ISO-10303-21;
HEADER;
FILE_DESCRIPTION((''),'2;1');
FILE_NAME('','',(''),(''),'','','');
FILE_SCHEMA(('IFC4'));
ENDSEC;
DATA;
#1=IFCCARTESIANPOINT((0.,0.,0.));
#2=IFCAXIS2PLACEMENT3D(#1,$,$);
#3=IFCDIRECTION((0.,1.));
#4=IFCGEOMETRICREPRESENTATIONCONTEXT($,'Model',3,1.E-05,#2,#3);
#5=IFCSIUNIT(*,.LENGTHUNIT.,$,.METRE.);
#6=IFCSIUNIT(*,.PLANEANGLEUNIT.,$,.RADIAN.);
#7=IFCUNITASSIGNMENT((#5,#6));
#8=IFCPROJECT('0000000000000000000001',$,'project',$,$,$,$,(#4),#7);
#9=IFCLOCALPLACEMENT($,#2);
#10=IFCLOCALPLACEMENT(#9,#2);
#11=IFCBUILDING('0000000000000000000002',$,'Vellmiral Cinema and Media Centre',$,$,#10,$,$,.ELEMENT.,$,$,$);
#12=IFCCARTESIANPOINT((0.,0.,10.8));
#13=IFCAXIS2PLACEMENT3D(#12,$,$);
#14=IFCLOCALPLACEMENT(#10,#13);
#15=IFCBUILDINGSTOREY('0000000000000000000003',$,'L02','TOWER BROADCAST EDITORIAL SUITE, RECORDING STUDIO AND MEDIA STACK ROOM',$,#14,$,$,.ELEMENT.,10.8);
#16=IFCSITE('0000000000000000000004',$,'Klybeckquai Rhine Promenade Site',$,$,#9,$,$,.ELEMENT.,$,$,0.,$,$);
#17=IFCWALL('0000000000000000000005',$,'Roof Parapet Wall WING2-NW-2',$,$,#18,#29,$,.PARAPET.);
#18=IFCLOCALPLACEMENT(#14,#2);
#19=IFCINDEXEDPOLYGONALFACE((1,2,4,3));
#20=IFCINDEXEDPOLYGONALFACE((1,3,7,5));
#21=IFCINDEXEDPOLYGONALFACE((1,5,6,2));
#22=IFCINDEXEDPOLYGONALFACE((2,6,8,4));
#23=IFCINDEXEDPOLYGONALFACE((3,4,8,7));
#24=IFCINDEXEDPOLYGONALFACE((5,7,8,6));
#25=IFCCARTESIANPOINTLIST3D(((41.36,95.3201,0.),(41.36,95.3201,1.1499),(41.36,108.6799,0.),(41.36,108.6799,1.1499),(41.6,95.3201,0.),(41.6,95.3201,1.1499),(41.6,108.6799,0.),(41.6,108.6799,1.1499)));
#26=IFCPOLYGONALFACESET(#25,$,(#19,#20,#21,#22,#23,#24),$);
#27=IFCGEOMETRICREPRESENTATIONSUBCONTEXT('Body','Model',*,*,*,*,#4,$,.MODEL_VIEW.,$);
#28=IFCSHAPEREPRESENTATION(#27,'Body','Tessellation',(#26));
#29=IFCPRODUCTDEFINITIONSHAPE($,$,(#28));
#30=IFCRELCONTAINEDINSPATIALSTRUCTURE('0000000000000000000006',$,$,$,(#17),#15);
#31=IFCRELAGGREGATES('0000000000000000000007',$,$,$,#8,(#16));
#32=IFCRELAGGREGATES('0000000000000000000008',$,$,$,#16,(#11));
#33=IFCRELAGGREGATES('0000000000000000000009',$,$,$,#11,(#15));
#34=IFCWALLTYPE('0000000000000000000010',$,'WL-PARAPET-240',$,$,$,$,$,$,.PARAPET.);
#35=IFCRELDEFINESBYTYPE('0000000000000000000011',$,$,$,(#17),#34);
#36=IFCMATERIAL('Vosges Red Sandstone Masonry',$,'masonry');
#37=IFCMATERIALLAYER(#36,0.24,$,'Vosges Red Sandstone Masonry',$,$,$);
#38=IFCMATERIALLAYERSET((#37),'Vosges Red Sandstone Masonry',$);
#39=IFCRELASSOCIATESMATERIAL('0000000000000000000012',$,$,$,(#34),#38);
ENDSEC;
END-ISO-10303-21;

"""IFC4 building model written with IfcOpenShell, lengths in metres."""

from ifc_helpers import new_model, si_unit, direction, frame, frame_2d, origin, place, context, subcontext, project, spatial, rectangle, extrude, material, layer, layer_set, type_object, element, save


model = new_model("IFC4")

# Units and contexts
model_context = context("Model", 3, precision=1e-05, world=origin(), true_north=direction((0.0, 1.0)))
body_context = subcontext(model_context, "Body", "Model", "MODEL_VIEW")
ifc_project = project(units=[si_unit("LENGTHUNIT", "METRE"), si_unit("PLANEANGLEUNIT", "RADIAN")], contexts=[model_context])

# Site, building, storey
site_placement = place(None, origin())
site = spatial("IfcSite", under=ifc_project, at=site_placement, Name="Klybeckquai Rhine Promenade Site", CompositionType="ELEMENT", RefElevation=0.0)
building_placement = place(site_placement, origin())
building = spatial("IfcBuilding", under=site, at=building_placement, Name="Vellmiral Cinema and Media Centre", CompositionType="ELEMENT")
storey_placement = place(building_placement, frame((0.0, 0.0, 10.8)))
storey = spatial("IfcBuildingStorey", under=building, at=storey_placement, Name="L02", Description="TOWER BROADCAST EDITORIAL SUITE, RECORDING STUDIO AND MEDIA STACK ROOM", CompositionType="ELEMENT", Elevation=10.8)

# Wall
ifc_material_1 = material(Name="Vosges Red Sandstone Masonry", Category="masonry")
ifc_layer_1 = layer(ifc_material_1, 0.24, Name="Vosges Red Sandstone Masonry")
ifc_layer_set_1 = layer_set([ifc_layer_1], Name="Vosges Red Sandstone Masonry")
wall_type_1 = type_object("IfcWallType", Name="WL-PARAPET-240", PredefinedType="PARAPET", material=ifc_layer_set_1)
wall_1_placement = place(storey_placement, frame((41.48, 108.6799, 0.0), z_axis=(0.0, 0.0, 1.0), x_axis=(0.0, -1.0, 0.0)))
element("IfcWall", 1, at=wall_1_placement, inside=storey, type_object=wall_type_1, Name="Roof Parapet Wall WING2-NW-2", PredefinedType="PARAPET", context=body_context, shape_type="SweptSolid", body=[
    extrude(rectangle(XDim=13.3599, YDim=0.24, at=frame_2d((6.6799, 0.0))), origin(), (0.0, 0.0, 1.0), 1.1499),
])

save(model, "model.ifc")
